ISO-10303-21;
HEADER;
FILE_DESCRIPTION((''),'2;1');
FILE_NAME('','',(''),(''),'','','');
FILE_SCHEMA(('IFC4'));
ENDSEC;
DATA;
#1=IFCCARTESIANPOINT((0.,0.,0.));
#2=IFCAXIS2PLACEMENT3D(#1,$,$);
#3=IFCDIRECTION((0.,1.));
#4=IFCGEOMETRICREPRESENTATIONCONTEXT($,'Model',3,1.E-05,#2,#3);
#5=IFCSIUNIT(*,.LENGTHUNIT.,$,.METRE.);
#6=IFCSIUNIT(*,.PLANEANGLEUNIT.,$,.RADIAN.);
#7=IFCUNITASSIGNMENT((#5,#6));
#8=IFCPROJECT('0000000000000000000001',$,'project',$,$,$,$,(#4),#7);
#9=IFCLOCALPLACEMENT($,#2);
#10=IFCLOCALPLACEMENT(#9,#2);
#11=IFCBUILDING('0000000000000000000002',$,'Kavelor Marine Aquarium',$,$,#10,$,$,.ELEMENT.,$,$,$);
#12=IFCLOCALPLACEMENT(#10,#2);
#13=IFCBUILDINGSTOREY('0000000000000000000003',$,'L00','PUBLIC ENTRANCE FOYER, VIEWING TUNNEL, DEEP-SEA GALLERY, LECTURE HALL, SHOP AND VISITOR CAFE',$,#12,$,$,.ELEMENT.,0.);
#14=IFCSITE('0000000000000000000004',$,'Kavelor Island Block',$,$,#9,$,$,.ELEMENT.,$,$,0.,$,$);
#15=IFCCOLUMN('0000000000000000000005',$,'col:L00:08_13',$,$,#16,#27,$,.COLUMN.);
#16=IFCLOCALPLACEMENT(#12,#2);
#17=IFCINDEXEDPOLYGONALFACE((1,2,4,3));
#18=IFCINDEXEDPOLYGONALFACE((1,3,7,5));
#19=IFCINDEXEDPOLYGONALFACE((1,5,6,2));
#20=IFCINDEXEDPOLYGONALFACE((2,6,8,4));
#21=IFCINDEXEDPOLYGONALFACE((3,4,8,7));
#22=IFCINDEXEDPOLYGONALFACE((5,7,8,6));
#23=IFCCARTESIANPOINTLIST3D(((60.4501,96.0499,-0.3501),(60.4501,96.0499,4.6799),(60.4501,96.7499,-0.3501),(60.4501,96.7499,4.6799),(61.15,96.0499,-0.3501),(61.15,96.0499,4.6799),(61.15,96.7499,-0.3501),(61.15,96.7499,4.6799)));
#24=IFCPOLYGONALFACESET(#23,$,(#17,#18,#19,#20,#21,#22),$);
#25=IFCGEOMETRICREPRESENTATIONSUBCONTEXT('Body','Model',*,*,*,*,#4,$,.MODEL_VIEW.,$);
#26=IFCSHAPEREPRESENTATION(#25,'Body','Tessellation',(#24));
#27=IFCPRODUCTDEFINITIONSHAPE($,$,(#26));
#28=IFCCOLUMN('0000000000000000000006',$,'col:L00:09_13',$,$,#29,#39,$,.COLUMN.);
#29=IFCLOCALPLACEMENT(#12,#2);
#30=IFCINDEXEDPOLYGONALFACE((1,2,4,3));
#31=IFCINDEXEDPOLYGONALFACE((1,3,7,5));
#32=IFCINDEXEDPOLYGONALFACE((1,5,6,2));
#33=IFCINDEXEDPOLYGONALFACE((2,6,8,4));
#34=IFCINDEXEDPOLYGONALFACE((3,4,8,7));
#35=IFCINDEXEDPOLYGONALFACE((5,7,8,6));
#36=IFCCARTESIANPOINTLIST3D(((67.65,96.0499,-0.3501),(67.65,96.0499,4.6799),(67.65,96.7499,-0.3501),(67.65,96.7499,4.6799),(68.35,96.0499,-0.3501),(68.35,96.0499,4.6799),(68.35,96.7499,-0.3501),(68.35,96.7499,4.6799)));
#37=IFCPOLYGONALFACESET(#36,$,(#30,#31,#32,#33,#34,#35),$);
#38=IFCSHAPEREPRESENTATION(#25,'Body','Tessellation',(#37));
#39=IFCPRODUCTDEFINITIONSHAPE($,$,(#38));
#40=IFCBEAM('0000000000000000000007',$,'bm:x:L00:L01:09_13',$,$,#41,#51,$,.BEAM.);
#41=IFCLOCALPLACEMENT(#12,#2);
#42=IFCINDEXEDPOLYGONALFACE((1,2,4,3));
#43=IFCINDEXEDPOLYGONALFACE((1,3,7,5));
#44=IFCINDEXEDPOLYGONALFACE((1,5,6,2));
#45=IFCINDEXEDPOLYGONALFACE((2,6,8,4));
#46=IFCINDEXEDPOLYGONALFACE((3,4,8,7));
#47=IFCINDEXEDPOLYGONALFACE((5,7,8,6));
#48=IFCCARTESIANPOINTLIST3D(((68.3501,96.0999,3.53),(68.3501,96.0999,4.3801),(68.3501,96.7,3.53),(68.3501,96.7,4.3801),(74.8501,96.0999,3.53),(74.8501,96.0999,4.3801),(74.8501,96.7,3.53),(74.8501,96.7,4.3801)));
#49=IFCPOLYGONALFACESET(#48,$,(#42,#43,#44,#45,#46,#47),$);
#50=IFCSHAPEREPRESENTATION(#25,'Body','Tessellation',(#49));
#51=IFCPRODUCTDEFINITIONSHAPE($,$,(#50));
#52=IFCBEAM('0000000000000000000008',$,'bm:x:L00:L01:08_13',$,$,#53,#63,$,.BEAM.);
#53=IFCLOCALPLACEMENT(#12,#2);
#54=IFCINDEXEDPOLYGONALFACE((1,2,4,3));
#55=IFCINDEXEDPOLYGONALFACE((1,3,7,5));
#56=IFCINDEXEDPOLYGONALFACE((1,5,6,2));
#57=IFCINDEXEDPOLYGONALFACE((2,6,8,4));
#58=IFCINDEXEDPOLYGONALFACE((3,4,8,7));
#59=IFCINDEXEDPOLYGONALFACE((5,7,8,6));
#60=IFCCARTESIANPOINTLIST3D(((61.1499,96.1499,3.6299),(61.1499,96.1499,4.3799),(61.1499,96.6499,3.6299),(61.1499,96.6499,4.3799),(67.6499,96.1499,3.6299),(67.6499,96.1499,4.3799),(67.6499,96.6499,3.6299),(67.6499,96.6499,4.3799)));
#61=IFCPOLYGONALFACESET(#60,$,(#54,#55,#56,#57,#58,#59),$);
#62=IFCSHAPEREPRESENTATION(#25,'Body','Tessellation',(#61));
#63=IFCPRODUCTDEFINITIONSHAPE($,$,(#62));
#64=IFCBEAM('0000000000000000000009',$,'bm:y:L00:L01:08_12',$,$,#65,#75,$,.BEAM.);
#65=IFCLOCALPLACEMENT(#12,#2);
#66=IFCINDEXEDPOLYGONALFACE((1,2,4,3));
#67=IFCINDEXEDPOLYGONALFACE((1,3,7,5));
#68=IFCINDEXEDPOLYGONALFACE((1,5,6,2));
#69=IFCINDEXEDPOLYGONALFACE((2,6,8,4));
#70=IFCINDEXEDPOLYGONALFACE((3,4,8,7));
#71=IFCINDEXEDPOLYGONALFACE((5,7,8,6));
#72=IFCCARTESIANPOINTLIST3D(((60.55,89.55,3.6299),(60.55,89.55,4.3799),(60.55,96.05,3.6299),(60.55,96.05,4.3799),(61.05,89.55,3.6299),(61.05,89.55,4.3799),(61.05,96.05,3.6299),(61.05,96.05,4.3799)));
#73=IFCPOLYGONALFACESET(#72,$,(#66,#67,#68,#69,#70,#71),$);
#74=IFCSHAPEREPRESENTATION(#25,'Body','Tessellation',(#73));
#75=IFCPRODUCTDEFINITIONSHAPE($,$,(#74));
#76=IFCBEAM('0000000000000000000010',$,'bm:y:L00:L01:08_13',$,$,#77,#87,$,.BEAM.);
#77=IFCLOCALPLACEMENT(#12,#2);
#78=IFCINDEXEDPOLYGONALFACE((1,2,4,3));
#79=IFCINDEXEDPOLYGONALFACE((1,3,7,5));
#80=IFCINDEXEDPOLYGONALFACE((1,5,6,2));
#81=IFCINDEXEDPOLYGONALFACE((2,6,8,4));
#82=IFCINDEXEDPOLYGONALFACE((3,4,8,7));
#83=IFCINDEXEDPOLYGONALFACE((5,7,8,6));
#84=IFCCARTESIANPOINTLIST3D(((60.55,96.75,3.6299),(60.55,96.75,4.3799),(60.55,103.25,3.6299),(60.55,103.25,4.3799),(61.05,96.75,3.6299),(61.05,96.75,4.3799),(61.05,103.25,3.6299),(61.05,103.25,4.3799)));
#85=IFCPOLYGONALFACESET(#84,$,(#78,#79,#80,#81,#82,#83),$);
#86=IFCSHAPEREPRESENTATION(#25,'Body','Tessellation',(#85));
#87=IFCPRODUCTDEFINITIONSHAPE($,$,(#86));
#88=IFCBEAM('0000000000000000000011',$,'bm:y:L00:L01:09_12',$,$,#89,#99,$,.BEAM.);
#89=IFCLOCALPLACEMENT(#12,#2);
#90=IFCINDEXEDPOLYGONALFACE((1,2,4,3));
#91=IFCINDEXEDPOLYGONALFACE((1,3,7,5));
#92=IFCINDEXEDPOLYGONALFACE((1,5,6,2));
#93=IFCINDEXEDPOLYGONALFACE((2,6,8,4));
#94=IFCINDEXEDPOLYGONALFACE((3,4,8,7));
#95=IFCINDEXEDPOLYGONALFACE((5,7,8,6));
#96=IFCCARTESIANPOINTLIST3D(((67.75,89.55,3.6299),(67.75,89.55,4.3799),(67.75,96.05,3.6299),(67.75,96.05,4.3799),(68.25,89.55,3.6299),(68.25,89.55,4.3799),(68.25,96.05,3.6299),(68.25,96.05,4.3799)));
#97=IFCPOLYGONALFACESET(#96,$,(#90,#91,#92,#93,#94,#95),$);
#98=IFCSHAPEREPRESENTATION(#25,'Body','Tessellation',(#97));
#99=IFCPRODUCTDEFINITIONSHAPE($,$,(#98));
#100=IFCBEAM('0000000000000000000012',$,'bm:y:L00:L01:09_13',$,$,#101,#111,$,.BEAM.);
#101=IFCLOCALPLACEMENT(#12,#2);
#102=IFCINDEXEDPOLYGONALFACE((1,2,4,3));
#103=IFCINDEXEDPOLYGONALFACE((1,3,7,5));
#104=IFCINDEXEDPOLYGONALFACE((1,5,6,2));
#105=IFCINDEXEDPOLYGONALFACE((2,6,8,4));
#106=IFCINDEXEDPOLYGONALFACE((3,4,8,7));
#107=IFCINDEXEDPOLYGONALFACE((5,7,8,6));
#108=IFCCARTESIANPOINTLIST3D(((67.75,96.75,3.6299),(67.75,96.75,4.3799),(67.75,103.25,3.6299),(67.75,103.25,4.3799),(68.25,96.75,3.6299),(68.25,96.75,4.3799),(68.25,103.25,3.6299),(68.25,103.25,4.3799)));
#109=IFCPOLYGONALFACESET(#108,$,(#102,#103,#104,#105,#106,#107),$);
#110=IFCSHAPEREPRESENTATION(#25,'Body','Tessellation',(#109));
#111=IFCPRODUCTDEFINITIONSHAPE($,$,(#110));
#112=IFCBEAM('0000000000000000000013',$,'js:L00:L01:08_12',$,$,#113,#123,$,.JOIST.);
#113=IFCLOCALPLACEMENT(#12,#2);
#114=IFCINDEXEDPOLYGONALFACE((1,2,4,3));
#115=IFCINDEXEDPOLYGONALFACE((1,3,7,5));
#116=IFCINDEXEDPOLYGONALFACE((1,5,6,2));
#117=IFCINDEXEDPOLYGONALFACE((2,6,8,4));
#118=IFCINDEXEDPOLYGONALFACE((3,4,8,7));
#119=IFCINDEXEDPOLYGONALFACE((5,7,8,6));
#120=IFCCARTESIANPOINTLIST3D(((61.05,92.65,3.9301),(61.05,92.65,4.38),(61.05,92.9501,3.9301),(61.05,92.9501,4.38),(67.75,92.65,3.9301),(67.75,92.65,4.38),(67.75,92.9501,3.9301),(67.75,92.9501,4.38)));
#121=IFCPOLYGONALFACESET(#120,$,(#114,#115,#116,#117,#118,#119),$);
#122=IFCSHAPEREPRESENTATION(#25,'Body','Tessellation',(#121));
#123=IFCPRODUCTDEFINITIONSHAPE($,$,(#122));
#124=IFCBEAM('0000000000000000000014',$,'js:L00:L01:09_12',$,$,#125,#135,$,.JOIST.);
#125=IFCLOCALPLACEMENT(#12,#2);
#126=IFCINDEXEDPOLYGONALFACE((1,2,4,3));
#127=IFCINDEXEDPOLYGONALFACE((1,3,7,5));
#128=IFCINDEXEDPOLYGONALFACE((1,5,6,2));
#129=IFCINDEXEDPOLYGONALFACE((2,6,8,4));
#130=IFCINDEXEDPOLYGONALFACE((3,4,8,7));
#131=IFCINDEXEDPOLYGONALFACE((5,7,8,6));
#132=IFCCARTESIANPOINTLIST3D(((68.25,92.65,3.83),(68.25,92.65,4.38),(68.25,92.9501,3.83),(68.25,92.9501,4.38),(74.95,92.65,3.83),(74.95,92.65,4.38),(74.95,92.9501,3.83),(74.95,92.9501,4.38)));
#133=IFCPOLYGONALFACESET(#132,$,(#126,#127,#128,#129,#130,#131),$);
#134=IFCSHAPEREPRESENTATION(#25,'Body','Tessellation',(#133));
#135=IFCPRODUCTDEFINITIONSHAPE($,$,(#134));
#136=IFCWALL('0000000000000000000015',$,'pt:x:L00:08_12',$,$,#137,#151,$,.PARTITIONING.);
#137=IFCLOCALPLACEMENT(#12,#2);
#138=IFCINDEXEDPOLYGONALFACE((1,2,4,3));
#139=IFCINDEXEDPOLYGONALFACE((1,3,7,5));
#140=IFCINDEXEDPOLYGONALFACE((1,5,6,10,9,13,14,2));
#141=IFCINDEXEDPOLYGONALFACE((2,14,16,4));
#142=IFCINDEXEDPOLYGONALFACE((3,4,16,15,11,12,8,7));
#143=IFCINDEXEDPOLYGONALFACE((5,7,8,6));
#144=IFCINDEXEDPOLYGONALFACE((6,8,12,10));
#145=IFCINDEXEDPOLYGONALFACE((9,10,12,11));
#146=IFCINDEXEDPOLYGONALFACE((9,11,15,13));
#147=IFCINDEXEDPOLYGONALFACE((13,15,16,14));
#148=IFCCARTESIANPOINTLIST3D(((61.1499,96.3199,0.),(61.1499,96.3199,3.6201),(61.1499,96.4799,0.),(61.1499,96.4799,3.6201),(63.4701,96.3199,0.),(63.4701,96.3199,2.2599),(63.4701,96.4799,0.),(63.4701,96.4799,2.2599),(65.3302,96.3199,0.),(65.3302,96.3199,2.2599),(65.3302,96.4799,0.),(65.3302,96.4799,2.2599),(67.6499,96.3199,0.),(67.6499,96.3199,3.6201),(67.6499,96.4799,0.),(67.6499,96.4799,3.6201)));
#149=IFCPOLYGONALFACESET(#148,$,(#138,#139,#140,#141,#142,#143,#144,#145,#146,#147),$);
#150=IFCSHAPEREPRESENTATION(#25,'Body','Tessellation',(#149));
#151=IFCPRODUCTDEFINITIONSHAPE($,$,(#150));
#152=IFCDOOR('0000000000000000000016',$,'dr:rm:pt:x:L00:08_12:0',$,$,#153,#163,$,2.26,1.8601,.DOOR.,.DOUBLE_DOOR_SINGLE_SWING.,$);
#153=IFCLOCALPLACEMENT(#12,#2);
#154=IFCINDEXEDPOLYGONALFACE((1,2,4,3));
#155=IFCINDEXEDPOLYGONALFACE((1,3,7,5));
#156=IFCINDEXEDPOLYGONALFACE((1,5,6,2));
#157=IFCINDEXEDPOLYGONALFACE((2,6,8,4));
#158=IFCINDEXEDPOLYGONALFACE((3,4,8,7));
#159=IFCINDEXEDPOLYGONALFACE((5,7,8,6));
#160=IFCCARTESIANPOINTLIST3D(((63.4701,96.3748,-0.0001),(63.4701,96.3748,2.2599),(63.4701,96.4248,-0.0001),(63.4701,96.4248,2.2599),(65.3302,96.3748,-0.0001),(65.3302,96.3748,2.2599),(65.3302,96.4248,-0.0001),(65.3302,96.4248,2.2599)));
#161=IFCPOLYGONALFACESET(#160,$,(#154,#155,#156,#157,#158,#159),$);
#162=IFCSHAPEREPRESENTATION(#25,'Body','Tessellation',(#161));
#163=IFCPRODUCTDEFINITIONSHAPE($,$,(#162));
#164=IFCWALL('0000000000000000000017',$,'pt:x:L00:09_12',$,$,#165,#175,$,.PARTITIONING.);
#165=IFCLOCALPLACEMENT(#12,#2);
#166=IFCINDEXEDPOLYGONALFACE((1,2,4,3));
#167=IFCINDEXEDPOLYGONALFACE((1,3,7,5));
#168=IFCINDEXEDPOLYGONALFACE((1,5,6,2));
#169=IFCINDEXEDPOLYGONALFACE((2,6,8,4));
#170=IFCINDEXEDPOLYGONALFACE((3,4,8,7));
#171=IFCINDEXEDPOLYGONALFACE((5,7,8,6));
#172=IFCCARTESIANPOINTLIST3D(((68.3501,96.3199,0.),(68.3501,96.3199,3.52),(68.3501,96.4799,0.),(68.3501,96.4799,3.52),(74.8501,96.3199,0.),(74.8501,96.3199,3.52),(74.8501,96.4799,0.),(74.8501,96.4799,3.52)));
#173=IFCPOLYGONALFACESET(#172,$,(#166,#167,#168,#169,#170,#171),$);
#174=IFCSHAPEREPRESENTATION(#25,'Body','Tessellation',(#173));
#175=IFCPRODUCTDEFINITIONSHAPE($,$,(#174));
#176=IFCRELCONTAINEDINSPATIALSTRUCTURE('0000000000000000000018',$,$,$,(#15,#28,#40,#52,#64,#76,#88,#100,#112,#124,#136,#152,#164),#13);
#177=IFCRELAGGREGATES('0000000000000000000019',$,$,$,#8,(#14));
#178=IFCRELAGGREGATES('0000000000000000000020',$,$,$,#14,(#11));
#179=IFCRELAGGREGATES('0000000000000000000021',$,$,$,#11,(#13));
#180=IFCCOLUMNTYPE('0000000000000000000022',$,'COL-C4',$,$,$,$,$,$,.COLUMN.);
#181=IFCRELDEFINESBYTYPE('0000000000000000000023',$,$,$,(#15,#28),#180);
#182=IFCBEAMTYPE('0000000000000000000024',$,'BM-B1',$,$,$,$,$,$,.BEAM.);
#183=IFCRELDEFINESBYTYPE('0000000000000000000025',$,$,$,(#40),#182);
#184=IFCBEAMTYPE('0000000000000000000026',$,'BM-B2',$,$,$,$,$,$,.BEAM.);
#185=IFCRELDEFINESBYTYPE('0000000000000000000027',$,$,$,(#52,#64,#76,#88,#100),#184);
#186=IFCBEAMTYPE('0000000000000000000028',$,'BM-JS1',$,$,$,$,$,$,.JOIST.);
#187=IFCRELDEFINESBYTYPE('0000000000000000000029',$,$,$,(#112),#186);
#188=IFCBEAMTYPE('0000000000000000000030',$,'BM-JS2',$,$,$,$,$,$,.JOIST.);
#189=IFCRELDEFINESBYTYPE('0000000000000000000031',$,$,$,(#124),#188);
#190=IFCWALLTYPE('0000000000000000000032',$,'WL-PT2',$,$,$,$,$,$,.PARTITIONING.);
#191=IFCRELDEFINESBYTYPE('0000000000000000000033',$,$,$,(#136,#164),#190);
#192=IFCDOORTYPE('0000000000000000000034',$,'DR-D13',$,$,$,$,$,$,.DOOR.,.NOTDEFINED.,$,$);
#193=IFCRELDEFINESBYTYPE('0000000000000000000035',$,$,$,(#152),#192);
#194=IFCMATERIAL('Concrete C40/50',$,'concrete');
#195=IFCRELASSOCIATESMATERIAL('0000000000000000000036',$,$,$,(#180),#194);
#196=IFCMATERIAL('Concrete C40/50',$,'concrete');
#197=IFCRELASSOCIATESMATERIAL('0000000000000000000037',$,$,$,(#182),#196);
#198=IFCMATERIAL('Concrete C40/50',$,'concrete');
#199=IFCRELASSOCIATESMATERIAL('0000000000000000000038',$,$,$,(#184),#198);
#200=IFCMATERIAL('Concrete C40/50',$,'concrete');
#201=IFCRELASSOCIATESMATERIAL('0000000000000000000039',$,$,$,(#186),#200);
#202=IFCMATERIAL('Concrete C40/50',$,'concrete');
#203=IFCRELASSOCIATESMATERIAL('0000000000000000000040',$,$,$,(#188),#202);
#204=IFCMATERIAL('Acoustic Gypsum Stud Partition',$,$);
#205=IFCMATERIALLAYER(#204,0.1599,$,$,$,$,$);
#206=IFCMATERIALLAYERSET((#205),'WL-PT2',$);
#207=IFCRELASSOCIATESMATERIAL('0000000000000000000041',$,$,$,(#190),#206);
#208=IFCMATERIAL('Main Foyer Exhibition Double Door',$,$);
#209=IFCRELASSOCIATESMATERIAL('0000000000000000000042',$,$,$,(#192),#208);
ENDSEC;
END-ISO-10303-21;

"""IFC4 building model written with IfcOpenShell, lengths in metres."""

from ifc_helpers import new_model, si_unit, direction, frame, frame_2d, origin, origin_2d, place, context, subcontext, project, spatial, rectangle, extrude, material, layer, layer_set, material_profile, profile_set, type_object, element, fill, save


model = new_model("IFC4")

# Units and contexts
model_context = context("Model", 3, precision=1e-05, world=origin(), true_north=direction((0.0, 1.0)))
body_context = subcontext(model_context, "Body", "Model", "MODEL_VIEW")
ifc_project = project(units=[si_unit("LENGTHUNIT", "METRE"), si_unit("PLANEANGLEUNIT", "RADIAN")], contexts=[model_context])

# Site, building, storey
site_placement = place(None, origin())
site = spatial("IfcSite", under=ifc_project, at=site_placement, Name="Kavelor Island Block", CompositionType="ELEMENT", RefElevation=0.0)
building_placement = place(site_placement, origin())
building = spatial("IfcBuilding", under=site, at=building_placement, Name="Kavelor Marine Aquarium", CompositionType="ELEMENT")
storey_placement = place(building_placement, origin())
storey = spatial("IfcBuildingStorey", under=building, at=storey_placement, Name="L00", Description="PUBLIC ENTRANCE FOYER, VIEWING TUNNEL, DEEP-SEA GALLERY, LECTURE HALL, SHOP AND VISITOR CAFE", CompositionType="ELEMENT", Elevation=0.0)

# Columns
ifc_material_1 = material(Name="Concrete C40/50", Category="concrete")
ifc_material_profile_1 = material_profile(ifc_material_1, rectangle(XDim=0.7, YDim=0.7, at=origin_2d()), Name="RC-COL 700x700")
ifc_profile_set_1 = profile_set([ifc_material_profile_1], Name="Concrete C40/50")
column_type = type_object("IfcColumnType", Name="COL-C4", PredefinedType="COLUMN", material=ifc_profile_set_1)
for number, where, z_axis, x_axis, name in (
    (1, (60.8, 96.3999, -0.3501), (0.0, 0.0, 1.0), (1.0, 0.0, 0.0), "col:L00:08_13"),
    (2, (68.0, 96.3999, -0.3501), (0.0, 0.0, 1.0), (1.0, 0.0, 0.0), "col:L00:09_13"),
):
    element("IfcColumn", number, at=place(storey_placement, frame(where, z_axis=z_axis, x_axis=x_axis)), inside=storey, type_object=column_type, Name=name, PredefinedType="COLUMN", context=body_context, shape_type="SweptSolid", body=[
        extrude(rectangle(XDim=0.7, YDim=0.7, at=origin_2d()), origin(), (0.0, 0.0, 1.0), 5.03),
    ])

# Beams
ifc_material_2 = material(Name="Concrete C40/50", Category="concrete")
ifc_material_profile_2 = material_profile(ifc_material_2, rectangle(XDim=0.6001, YDim=0.8501, at=origin_2d()), Name="RC-BM 600x850")
ifc_profile_set_2 = profile_set([ifc_material_profile_2], Name="Concrete C40/50")
beam_type_1 = type_object("IfcBeamType", Name="BM-B1", PredefinedType="BEAM", material=ifc_profile_set_2)
beam_1_placement = place(storey_placement, frame((68.3501, 96.3999, 3.9551), z_axis=(1.0, 0.0, 0.0), x_axis=(0.0, 1.0, 0.0)))
element("IfcBeam", 3, at=beam_1_placement, inside=storey, type_object=beam_type_1, Name="bm:x:L00:L01:09_13", PredefinedType="BEAM", context=body_context, shape_type="SweptSolid", body=[
    extrude(rectangle(XDim=0.6001, YDim=0.8501, at=origin_2d()), origin(), (0.0, 0.0, 1.0), 6.5),
])
ifc_material_3 = material(Name="Concrete C40/50", Category="concrete")
ifc_material_profile_3 = material_profile(ifc_material_3, rectangle(XDim=0.5, YDim=0.75, at=origin_2d()), Name="RC-BM 500x750")
ifc_profile_set_3 = profile_set([ifc_material_profile_3], Name="Concrete C40/50")
beam_type_2 = type_object("IfcBeamType", Name="BM-B2", PredefinedType="BEAM", material=ifc_profile_set_3)
for number, where, z_axis, x_axis, name in (
    (4, (61.1499, 96.3999, 4.0049), (1.0, 0.0, 0.0), (0.0, 1.0, 0.0), "bm:x:L00:L01:08_13"),
    (5, (60.8, 89.55, 4.0049), (0.0, 1.0, 0.0), (-1.0, 0.0, 0.0), "bm:y:L00:L01:08_12"),
    (6, (60.8, 96.75, 4.0049), (0.0, 1.0, 0.0), (-1.0, 0.0, 0.0), "bm:y:L00:L01:08_13"),
    (7, (68.0, 89.55, 4.0049), (0.0, 1.0, 0.0), (-1.0, 0.0, 0.0), "bm:y:L00:L01:09_12"),
    (8, (68.0, 96.75, 4.0049), (0.0, 1.0, 0.0), (-1.0, 0.0, 0.0), "bm:y:L00:L01:09_13"),
):
    element("IfcBeam", number, at=place(storey_placement, frame(where, z_axis=z_axis, x_axis=x_axis)), inside=storey, type_object=beam_type_2, Name=name, PredefinedType="BEAM", context=body_context, shape_type="SweptSolid", body=[
        extrude(rectangle(XDim=0.5, YDim=0.75, at=origin_2d()), origin(), (0.0, 0.0, 1.0), 6.5),
    ])
ifc_material_4 = material(Name="Concrete C40/50", Category="concrete")
ifc_material_profile_4 = material_profile(ifc_material_4, rectangle(XDim=0.3, YDim=0.45, at=origin_2d()), Name="RC-JS 300x450")
ifc_profile_set_4 = profile_set([ifc_material_profile_4], Name="Concrete C40/50")
beam_type_3 = type_object("IfcBeamType", Name="BM-JS1", PredefinedType="JOIST", material=ifc_profile_set_4)
beam_2_placement = place(storey_placement, frame((61.05, 92.8, 4.155), z_axis=(1.0, 0.0, 0.0), x_axis=(0.0, 1.0, 0.0)))
element("IfcBeam", 9, at=beam_2_placement, inside=storey, type_object=beam_type_3, Name="js:L00:L01:08_12", PredefinedType="JOIST", context=body_context, shape_type="SweptSolid", body=[
    extrude(rectangle(XDim=0.3, YDim=0.45, at=origin_2d()), origin(), (0.0, 0.0, 1.0), 6.7),
])
ifc_material_5 = material(Name="Concrete C40/50", Category="concrete")
ifc_material_profile_5 = material_profile(ifc_material_5, rectangle(XDim=0.3, YDim=0.55, at=origin_2d()), Name="RC-JS 300x550")
ifc_profile_set_5 = profile_set([ifc_material_profile_5], Name="Concrete C40/50")
beam_type_4 = type_object("IfcBeamType", Name="BM-JS2", PredefinedType="JOIST", material=ifc_profile_set_5)
beam_3_placement = place(storey_placement, frame((68.25, 92.8, 4.105), z_axis=(1.0, 0.0, 0.0), x_axis=(0.0, 1.0, 0.0)))
element("IfcBeam", 10, at=beam_3_placement, inside=storey, type_object=beam_type_4, Name="js:L00:L01:09_12", PredefinedType="JOIST", context=body_context, shape_type="SweptSolid", body=[
    extrude(rectangle(XDim=0.3, YDim=0.55, at=origin_2d()), origin(), (0.0, 0.0, 1.0), 6.7),
])

# Wall, opening, door
ifc_material_6 = material(Name="Acoustic Gypsum Stud Partition")
ifc_layer_1 = layer(ifc_material_6, 0.1599)
ifc_layer_set_1 = layer_set([ifc_layer_1], Name="WL-PT2")
wall_type_1 = type_object("IfcWallType", Name="WL-PT2", PredefinedType="PARTITIONING", material=ifc_layer_set_1)
wall_1_placement = place(storey_placement, frame((61.1499, 96.3999, 0.0), z_axis=(0.0, 0.0, 1.0), x_axis=(1.0, 0.0, 0.0)))
wall_1 = element("IfcWall", 11, at=wall_1_placement, inside=storey, type_object=wall_type_1, Name="pt:x:L00:08_12", PredefinedType="PARTITIONING", context=body_context, shape_type="SweptSolid", body=[
    extrude(rectangle(XDim=6.5, YDim=0.1599, at=frame_2d((3.25, 0.0))), origin(), (0.0, 0.0, 1.0), 3.6201),
])
opening_1_placement = place(wall_1_placement, frame((2.3201, 0.0, 0.0)))
opening_1 = element("IfcOpeningElement", 12, at=opening_1_placement, cuts=wall_1, PredefinedType="OPENING", context=body_context, shape_type="SweptSolid", body=[
    extrude(rectangle(XDim=1.8601, YDim=2.26, at=frame_2d((0.9302, 1.1299))), frame((0.0, 0.0898, 0.0), z_axis=(0.0, -1.0, 0.0), x_axis=(1.0, 0.0, 0.0)), (0.0, 0.0, 1.0), 0.1799),
])
ifc_material_7 = material(Name="Main Foyer Exhibition Double Door")
door_type_1 = type_object("IfcDoorType", Name="DR-D13", OperationType="NOTDEFINED", PredefinedType="DOOR", material=ifc_material_7)
door_1_placement = place(opening_1_placement, origin())
door_1 = element("IfcDoor", 13, at=door_1_placement, inside=storey, type_object=door_type_1, Name="dr:rm:pt:x:L00:08_12:0", OperationType="DOUBLE_DOOR_SINGLE_SWING", OverallHeight=2.26, OverallWidth=1.8601, PredefinedType="DOOR", context=body_context, shape_type="SweptSolid", body=[
    extrude(rectangle(XDim=1.8601, YDim=2.26, at=frame_2d((0.9302, 1.1299))), frame((0.0, 0.0249, 0.0), z_axis=(0.0, -1.0, 0.0), x_axis=(1.0, 0.0, 0.0)), (0.0, 0.0, 1.0), 0.05),
])
fill(opening_1, door_1)

# Wall
wall_2_placement = place(storey_placement, frame((68.3501, 96.3999, 0.0), z_axis=(0.0, 0.0, 1.0), x_axis=(1.0, 0.0, 0.0)))
element("IfcWall", 14, at=wall_2_placement, inside=storey, type_object=wall_type_1, Name="pt:x:L00:09_12", PredefinedType="PARTITIONING", context=body_context, shape_type="SweptSolid", body=[
    extrude(rectangle(XDim=6.5, YDim=0.1599, at=frame_2d((3.25, 0.0))), origin(), (0.0, 0.0, 1.0), 3.52),
])

save(model, "model.ifc")
